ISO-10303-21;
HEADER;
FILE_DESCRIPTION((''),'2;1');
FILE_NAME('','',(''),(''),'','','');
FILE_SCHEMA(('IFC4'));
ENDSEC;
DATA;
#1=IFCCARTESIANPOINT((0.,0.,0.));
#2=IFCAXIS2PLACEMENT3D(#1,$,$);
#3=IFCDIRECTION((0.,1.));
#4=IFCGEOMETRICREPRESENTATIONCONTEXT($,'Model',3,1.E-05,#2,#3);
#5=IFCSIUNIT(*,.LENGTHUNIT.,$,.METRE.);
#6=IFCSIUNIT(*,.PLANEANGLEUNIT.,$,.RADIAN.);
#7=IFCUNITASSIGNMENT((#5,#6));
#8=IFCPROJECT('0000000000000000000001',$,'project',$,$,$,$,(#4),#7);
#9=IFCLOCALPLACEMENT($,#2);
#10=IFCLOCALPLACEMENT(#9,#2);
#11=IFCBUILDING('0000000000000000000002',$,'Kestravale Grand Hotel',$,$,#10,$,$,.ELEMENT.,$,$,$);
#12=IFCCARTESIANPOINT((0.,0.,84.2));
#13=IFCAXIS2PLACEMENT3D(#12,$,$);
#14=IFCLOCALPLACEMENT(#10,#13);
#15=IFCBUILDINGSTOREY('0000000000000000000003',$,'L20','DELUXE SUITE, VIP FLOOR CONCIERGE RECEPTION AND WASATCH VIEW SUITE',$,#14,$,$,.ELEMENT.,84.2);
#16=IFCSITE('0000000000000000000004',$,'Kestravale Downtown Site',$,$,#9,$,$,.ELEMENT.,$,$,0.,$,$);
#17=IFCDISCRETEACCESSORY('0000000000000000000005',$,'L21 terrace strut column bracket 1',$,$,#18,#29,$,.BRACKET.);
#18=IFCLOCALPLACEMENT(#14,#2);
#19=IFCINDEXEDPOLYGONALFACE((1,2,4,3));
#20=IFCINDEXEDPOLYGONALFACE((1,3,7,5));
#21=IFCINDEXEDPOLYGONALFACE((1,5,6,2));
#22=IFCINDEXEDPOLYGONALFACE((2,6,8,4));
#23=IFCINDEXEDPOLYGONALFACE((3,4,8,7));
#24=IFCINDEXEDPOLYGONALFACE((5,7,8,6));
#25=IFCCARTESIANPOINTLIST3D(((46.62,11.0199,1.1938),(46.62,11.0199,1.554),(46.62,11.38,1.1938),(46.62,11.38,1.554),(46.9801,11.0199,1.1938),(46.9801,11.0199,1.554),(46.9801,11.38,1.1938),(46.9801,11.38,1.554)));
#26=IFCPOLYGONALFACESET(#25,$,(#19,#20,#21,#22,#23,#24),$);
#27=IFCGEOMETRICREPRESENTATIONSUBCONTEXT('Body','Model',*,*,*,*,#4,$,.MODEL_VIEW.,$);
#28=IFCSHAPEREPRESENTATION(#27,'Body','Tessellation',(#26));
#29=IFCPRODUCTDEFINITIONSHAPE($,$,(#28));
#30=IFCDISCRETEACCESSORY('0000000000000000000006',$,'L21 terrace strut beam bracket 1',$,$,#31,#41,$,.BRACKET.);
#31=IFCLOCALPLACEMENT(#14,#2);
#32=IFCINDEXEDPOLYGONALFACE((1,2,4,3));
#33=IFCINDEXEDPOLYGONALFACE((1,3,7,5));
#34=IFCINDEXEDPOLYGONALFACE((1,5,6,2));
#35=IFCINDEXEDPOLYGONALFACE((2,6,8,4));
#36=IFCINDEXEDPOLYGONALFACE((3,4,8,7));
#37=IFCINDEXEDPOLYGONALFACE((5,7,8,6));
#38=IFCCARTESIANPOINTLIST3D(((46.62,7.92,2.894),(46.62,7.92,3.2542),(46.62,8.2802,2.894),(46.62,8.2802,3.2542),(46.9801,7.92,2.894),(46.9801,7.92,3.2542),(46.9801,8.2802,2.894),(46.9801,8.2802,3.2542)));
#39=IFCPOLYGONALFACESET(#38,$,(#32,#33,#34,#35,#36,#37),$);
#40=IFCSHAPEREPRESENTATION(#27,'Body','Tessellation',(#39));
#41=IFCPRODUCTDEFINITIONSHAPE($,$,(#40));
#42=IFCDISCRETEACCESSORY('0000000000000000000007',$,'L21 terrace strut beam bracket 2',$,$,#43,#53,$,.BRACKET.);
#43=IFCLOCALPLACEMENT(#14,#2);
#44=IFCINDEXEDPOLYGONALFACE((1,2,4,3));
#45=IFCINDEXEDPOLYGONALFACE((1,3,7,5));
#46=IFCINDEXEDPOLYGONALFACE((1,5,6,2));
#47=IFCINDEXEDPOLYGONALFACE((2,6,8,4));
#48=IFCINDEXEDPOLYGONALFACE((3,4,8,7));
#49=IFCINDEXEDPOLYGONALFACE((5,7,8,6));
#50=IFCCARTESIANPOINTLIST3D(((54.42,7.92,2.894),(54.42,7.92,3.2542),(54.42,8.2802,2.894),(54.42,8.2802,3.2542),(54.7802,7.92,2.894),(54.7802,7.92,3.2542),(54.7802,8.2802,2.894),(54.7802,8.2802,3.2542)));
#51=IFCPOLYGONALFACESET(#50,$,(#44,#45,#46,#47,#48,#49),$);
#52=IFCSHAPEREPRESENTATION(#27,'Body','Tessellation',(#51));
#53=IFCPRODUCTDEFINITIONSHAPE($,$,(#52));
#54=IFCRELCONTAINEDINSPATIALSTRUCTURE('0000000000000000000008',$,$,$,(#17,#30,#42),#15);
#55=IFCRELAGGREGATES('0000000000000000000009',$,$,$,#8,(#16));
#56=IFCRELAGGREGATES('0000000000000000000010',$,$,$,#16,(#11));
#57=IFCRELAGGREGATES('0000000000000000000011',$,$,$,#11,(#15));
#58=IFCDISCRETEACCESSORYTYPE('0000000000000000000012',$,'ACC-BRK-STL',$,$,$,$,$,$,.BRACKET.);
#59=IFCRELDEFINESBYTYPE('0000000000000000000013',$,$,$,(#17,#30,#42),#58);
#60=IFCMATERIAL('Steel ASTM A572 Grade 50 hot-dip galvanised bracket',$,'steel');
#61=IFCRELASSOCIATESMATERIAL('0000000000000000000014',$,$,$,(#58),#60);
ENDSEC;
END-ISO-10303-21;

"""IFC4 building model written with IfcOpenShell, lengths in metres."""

from ifc_helpers import new_model, si_unit, direction, frame, origin, origin_2d, place, context, subcontext, project, spatial, rectangle, extrude, material, type_object, element, save


model = new_model("IFC4")

# Units and contexts
model_context = context("Model", 3, precision=1e-05, world=origin(), true_north=direction((0.0, 1.0)))
body_context = subcontext(model_context, "Body", "Model", "MODEL_VIEW")
ifc_project = project(units=[si_unit("LENGTHUNIT", "METRE"), si_unit("PLANEANGLEUNIT", "RADIAN")], contexts=[model_context])

# Site, building, storey
site_placement = place(None, origin())
site = spatial("IfcSite", under=ifc_project, at=site_placement, Name="Kestravale Downtown Site", CompositionType="ELEMENT", RefElevation=0.0)
building_placement = place(site_placement, origin())
building = spatial("IfcBuilding", under=site, at=building_placement, Name="Kestravale Grand Hotel", CompositionType="ELEMENT")
storey_placement = place(building_placement, frame((0.0, 0.0, 84.2)))
storey = spatial("IfcBuildingStorey", under=building, at=storey_placement, Name="L20", Description="DELUXE SUITE, VIP FLOOR CONCIERGE RECEPTION AND WASATCH VIEW SUITE", CompositionType="ELEMENT", Elevation=84.2)

# Discrete accessories
ifc_material_1 = material(Name="Steel ASTM A572 Grade 50 hot-dip galvanised bracket", Category="steel")
discrete_accessory_type = type_object("IfcDiscreteAccessoryType", Name="ACC-BRK-STL", PredefinedType="BRACKET", material=ifc_material_1)
for number, where, z_axis, x_axis, name in (
    (1, (46.8, 11.2, 1.1938), (0.0, 0.0, 1.0), (1.0, 0.0, 0.0), "L21 terrace strut column bracket 1"),
    (2, (46.8, 8.1001, 2.894), (0.0, 0.0, 1.0), (1.0, 0.0, 0.0), "L21 terrace strut beam bracket 1"),
    (3, (54.6001, 8.1001, 2.894), (0.0, 0.0, 1.0), (1.0, 0.0, 0.0), "L21 terrace strut beam bracket 2"),
):
    element("IfcDiscreteAccessory", number, at=place(storey_placement, frame(where, z_axis=z_axis, x_axis=x_axis)), inside=storey, type_object=discrete_accessory_type, Name=name, PredefinedType="BRACKET", context=body_context, shape_type="SweptSolid", body=[
        extrude(rectangle(XDim=0.3601, YDim=0.3601, at=origin_2d()), origin(), (0.0, 0.0, 1.0), 0.3601),
    ])

save(model, "model.ifc")
